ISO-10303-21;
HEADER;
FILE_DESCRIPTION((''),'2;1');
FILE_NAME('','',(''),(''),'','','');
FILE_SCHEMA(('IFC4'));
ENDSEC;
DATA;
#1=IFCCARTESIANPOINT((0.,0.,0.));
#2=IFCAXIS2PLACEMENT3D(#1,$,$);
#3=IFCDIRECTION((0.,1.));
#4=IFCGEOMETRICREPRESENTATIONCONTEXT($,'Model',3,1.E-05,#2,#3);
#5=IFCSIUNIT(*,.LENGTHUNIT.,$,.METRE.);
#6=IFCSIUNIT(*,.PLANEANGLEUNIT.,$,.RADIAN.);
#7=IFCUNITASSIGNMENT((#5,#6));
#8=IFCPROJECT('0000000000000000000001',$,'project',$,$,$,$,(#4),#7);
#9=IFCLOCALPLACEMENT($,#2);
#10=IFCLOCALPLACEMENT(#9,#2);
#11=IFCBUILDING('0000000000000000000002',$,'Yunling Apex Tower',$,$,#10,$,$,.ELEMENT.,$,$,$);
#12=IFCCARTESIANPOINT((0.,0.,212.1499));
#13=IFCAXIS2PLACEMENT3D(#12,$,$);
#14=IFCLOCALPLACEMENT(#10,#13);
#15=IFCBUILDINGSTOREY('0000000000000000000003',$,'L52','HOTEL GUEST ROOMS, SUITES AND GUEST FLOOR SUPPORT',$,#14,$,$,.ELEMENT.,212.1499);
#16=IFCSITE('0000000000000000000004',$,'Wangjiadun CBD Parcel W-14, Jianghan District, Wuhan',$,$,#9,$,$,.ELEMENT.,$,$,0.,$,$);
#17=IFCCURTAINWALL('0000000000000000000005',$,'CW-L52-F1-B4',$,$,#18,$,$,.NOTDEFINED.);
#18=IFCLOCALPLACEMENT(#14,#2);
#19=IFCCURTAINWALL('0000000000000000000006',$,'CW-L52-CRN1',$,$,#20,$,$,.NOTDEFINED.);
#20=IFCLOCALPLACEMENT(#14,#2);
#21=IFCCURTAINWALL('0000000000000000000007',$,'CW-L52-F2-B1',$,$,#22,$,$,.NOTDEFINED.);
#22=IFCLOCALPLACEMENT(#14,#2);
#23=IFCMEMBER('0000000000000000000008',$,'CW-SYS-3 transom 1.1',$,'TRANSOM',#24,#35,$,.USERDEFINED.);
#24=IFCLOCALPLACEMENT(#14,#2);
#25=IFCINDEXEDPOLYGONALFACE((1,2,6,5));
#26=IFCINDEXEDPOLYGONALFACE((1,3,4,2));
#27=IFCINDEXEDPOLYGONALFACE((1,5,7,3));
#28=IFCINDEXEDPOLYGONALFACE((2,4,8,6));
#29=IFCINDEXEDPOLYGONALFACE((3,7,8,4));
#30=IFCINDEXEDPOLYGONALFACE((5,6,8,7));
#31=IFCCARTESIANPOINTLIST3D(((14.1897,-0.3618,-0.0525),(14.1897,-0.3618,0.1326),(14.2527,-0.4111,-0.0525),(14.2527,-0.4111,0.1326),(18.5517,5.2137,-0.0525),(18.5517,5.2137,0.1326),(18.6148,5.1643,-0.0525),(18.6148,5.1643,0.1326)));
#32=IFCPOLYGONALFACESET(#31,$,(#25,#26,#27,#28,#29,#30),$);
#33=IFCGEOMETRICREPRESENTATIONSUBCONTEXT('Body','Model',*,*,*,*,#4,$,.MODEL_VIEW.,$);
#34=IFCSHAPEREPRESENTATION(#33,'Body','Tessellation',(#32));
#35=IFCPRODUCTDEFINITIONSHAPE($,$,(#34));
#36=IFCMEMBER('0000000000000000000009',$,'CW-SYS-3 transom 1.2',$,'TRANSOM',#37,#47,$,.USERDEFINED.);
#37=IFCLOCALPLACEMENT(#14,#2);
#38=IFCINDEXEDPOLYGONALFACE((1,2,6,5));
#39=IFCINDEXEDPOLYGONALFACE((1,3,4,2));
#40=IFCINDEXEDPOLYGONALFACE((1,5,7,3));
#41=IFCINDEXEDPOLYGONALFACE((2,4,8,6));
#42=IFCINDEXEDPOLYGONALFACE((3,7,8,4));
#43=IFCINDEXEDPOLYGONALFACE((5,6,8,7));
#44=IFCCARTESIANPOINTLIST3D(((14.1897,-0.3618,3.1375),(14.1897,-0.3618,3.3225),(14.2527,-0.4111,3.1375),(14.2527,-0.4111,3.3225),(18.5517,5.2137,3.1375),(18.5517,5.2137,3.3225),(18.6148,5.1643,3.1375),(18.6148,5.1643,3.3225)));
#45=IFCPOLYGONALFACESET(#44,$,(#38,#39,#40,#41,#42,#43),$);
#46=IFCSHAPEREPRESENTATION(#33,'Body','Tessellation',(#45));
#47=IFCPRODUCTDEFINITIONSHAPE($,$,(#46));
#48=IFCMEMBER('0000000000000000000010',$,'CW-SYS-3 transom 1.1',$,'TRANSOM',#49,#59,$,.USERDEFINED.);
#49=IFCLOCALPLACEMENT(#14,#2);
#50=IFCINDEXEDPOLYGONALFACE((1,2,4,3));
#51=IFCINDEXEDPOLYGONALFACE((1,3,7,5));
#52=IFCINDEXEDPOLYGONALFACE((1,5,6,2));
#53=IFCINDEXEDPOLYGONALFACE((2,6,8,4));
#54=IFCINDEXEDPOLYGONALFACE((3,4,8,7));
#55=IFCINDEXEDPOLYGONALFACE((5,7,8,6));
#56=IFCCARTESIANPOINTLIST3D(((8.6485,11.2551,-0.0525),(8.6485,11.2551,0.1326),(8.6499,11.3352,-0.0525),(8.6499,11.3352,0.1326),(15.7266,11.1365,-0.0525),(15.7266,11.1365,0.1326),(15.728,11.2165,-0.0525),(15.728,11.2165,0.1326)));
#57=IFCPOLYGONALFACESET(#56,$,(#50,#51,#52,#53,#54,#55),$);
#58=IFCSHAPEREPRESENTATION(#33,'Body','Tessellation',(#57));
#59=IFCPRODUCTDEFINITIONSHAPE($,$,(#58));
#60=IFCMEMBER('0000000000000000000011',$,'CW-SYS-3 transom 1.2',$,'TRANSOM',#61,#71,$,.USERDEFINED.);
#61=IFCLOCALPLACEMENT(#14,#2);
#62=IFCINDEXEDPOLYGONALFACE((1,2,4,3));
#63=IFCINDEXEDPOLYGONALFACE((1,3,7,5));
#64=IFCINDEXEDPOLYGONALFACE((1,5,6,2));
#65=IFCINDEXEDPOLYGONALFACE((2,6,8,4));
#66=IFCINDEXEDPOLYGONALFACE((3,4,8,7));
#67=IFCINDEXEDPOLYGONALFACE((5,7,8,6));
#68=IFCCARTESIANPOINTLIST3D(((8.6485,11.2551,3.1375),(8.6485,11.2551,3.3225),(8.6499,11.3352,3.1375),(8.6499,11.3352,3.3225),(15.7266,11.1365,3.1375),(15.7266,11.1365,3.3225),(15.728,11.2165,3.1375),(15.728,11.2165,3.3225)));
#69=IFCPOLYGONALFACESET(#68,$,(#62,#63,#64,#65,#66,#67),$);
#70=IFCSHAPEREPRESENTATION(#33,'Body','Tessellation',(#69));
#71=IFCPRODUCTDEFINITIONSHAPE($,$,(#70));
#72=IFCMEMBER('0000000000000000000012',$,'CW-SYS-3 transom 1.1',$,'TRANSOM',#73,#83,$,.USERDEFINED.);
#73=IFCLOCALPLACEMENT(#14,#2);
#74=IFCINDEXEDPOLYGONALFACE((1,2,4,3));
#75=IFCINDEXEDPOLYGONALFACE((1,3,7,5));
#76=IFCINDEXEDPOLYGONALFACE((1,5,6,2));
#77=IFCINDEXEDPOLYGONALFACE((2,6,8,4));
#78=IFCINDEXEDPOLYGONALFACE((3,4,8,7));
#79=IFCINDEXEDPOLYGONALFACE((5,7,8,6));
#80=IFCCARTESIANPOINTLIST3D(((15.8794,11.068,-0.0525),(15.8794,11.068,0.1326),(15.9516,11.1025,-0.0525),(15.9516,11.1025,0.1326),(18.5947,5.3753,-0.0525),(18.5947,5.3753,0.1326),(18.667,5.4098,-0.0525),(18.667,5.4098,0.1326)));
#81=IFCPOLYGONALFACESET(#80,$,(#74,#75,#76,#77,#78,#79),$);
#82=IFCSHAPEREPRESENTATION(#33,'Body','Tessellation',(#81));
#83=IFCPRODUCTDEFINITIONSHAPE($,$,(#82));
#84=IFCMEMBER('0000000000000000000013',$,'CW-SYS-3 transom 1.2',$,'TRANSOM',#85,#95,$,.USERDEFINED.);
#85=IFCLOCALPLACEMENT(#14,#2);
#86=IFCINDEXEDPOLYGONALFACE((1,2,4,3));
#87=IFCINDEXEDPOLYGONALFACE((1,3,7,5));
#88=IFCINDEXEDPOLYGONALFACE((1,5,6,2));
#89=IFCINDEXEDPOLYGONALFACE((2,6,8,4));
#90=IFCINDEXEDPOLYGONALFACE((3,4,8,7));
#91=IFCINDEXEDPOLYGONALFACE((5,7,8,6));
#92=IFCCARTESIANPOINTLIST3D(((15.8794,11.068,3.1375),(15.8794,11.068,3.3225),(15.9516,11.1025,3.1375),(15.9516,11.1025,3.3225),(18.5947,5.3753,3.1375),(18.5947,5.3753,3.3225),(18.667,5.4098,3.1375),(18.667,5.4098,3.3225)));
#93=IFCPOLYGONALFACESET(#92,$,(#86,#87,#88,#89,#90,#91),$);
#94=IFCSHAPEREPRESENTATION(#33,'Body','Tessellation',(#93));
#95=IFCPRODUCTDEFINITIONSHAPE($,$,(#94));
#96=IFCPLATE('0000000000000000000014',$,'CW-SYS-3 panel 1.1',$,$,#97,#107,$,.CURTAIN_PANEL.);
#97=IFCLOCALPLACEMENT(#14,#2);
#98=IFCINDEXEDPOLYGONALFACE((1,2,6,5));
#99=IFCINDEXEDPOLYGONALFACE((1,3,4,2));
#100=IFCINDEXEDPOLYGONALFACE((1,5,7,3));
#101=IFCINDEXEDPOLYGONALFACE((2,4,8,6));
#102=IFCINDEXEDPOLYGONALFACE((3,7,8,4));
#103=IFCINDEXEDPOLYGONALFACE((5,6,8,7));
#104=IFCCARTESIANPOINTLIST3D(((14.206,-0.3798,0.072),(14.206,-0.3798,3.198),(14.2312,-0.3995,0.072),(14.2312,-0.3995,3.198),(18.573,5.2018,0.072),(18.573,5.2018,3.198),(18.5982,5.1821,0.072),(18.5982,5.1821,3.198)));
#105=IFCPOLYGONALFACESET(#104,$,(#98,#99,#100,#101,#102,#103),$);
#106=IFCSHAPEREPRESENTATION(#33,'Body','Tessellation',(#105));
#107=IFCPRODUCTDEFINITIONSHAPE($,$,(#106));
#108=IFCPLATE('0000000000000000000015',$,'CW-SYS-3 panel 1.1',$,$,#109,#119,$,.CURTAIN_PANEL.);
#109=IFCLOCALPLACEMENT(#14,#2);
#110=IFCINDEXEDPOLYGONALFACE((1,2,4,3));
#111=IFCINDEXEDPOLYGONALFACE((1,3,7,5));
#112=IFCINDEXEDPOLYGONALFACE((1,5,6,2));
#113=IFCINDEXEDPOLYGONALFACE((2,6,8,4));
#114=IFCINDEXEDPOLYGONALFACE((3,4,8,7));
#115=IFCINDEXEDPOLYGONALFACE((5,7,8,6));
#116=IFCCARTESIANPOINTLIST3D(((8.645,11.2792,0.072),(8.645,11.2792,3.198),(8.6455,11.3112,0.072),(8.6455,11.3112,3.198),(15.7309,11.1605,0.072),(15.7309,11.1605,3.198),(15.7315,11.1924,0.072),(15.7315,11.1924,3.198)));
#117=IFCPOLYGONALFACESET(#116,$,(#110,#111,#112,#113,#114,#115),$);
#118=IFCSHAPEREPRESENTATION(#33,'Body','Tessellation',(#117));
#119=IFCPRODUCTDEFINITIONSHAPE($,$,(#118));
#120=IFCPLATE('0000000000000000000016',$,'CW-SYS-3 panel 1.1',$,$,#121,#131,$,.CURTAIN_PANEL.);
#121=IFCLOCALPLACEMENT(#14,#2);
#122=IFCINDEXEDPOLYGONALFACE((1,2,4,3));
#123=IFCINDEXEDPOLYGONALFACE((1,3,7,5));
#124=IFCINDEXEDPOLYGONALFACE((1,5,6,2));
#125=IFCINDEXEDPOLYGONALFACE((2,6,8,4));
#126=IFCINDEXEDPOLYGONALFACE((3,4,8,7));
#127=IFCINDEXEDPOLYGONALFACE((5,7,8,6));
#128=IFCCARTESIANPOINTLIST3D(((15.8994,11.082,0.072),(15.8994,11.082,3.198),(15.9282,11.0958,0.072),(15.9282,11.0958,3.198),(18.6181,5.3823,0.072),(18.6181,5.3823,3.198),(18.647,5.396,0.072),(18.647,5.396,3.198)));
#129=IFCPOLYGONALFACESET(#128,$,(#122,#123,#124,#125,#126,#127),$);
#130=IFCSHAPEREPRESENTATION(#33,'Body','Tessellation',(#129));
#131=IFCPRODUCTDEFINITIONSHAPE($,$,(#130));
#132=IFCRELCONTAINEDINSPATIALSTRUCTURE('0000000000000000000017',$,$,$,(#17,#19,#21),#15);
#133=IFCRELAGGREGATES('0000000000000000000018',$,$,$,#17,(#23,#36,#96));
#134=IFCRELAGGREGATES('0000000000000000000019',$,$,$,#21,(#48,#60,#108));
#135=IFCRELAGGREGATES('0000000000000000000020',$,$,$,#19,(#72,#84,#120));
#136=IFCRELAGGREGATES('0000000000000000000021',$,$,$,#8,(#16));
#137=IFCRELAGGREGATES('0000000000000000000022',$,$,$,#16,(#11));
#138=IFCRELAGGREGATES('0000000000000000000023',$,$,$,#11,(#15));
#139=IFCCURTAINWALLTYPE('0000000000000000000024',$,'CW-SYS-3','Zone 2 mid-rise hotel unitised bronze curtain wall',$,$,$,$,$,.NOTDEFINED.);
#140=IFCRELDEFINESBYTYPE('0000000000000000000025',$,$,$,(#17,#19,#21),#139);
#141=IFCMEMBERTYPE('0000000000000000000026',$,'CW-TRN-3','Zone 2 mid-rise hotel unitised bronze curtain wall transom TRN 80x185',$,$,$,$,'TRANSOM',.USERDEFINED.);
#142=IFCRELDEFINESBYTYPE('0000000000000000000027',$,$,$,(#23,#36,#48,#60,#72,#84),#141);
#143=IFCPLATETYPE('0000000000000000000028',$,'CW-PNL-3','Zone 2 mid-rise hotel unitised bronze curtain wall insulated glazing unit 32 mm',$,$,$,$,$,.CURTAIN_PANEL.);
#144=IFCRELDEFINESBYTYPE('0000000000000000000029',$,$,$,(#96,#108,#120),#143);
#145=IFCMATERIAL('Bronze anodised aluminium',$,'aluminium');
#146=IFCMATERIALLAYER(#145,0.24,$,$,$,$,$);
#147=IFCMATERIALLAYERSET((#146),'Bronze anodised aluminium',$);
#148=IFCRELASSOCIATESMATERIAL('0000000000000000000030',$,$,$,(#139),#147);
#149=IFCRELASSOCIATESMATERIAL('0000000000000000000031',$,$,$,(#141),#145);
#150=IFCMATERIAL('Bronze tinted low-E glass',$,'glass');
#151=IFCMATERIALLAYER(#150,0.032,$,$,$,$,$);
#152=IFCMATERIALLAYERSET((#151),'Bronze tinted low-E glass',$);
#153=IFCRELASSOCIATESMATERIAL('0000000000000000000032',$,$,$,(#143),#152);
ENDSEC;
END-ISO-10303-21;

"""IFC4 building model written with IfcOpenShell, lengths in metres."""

from ifc_helpers import new_model, si_unit, direction, frame, origin, origin_2d, place, context, subcontext, project, spatial, rectangle, extrude, source, transform, mapped, material, layer, layer_set, material_profile, profile_set, type_object, element, aggregate, save


model = new_model("IFC4")

# Units and contexts
model_context = context("Model", 3, precision=1e-05, world=origin(), true_north=direction((0.0, 1.0)))
body_context = subcontext(model_context, "Body", "Model", "MODEL_VIEW")
ifc_project = project(units=[si_unit("LENGTHUNIT", "METRE"), si_unit("PLANEANGLEUNIT", "RADIAN")], contexts=[model_context])

# Site, building, storey
site_placement = place(None, origin())
site = spatial("IfcSite", under=ifc_project, at=site_placement, Name="Wangjiadun CBD Parcel W-14, Jianghan District, Wuhan", CompositionType="ELEMENT", RefElevation=0.0)
building_placement = place(site_placement, origin())
building = spatial("IfcBuilding", under=site, at=building_placement, Name="Yunling Apex Tower", CompositionType="ELEMENT")
storey_placement = place(building_placement, frame((0.0, 0.0, 212.1499)))
storey = spatial("IfcBuildingStorey", under=building, at=storey_placement, Name="L52", Description="HOTEL GUEST ROOMS, SUITES AND GUEST FLOOR SUPPORT", CompositionType="ELEMENT", Elevation=212.1499)

# Curtain walls
ifc_material_1 = material(Name="Bronze anodised aluminium", Category="aluminium")
ifc_layer_1 = layer(ifc_material_1, 0.24)
ifc_layer_set_1 = layer_set([ifc_layer_1], Name="Bronze anodised aluminium")
curtain_wall_type = type_object("IfcCurtainWallType", Name="CW-SYS-3", Description="Zone 2 mid-rise hotel unitised bronze curtain wall", PredefinedType="NOTDEFINED", material=ifc_layer_set_1)
curtain_wall_1_placement = place(storey_placement, origin())
curtain_wall_1 = element("IfcCurtainWall", 1, at=curtain_wall_1_placement, inside=storey, type_object=curtain_wall_type, Name="CW-L52-F1-B4", PredefinedType="NOTDEFINED")
curtain_wall_2_placement = place(storey_placement, origin())
curtain_wall_2 = element("IfcCurtainWall", 2, at=curtain_wall_2_placement, inside=storey, type_object=curtain_wall_type, Name="CW-L52-CRN1", PredefinedType="NOTDEFINED")
curtain_wall_3_placement = place(storey_placement, origin())
curtain_wall_3 = element("IfcCurtainWall", 3, at=curtain_wall_3_placement, inside=storey, type_object=curtain_wall_type, Name="CW-L52-F2-B1", PredefinedType="NOTDEFINED")
ifc_material_profile_1 = material_profile(ifc_material_1, rectangle(XDim=0.0801, YDim=0.1851, at=origin_2d()))
ifc_profile_set_1 = profile_set([ifc_material_profile_1], Name="Bronze anodised aluminium")
member_type_1 = type_object("IfcMemberType", Name="CW-TRN-3", Description="Zone 2 mid-rise hotel unitised bronze curtain wall transom TRN 80x185", ElementType="TRANSOM", PredefinedType="USERDEFINED", material=ifc_profile_set_1)

# Members
shared_shape_1 = source(origin(), body_context, "Body", "SweptSolid", [
    extrude(rectangle(XDim=0.0801, YDim=0.1851, at=origin_2d()), origin(), (0.0, 0.0, 1.0), 7.0791),
])
member_1_placement = place(storey_placement, frame((14.2212, -0.3865, 0.04), z_axis=(0.616192, 0.787596, 0.0), x_axis=(-0.787596, 0.616192, 0.0)))
member_1 = element("IfcMember", 4, at=member_1_placement, type_object=member_type_1, Name="CW-SYS-3 transom 1.1", ObjectType="TRANSOM", PredefinedType="USERDEFINED", context=body_context, shape_type="MappedRepresentation", body=[
    mapped(shared_shape_1, transform((0.0, 0.0, 0.0), scale=1.0)),
])
member_2_placement = place(storey_placement, frame((14.2212, -0.3865, 3.23), z_axis=(0.616192, 0.787596, 0.0), x_axis=(-0.787596, 0.616192, 0.0)))
member_2 = element("IfcMember", 5, at=member_2_placement, type_object=member_type_1, Name="CW-SYS-3 transom 1.2", ObjectType="TRANSOM", PredefinedType="USERDEFINED", context=body_context, shape_type="MappedRepresentation", body=[
    mapped(shared_shape_1, transform((0.0, 0.0, 0.0), scale=1.0)),
])
member_3_placement = place(storey_placement, frame((15.7273, 11.1765, 0.04), z_axis=(-0.99986, 0.016761, 0.0), x_axis=(-0.016761, -0.99986, 0.0)))
member_3 = element("IfcMember", 6, at=member_3_placement, type_object=member_type_1, Name="CW-SYS-3 transom 1.1", ObjectType="TRANSOM", PredefinedType="USERDEFINED", context=body_context, shape_type="MappedRepresentation", body=[
    mapped(shared_shape_1, transform((0.0, 0.0, 0.0), scale=1.0)),
])
member_4_placement = place(storey_placement, frame((15.7273, 11.1765, 3.23), z_axis=(-0.99986, 0.016761, 0.0), x_axis=(-0.016761, -0.99986, 0.0)))
member_4 = element("IfcMember", 7, at=member_4_placement, type_object=member_type_1, Name="CW-SYS-3 transom 1.2", ObjectType="TRANSOM", PredefinedType="USERDEFINED", context=body_context, shape_type="MappedRepresentation", body=[
    mapped(shared_shape_1, transform((0.0, 0.0, 0.0), scale=1.0)),
])
shared_shape_2 = source(origin(), body_context, "Body", "SweptSolid", [
    extrude(rectangle(XDim=0.0801, YDim=0.1851, at=origin_2d()), origin(), (0.0, 0.0, 1.0), 6.3071),
])
member_5_placement = place(storey_placement, frame((18.6309, 5.3926, 0.04), z_axis=(-0.430522, 0.90258, 0.0), x_axis=(-0.90258, -0.430522, 0.0)))
member_5 = element("IfcMember", 8, at=member_5_placement, type_object=member_type_1, Name="CW-SYS-3 transom 1.1", ObjectType="TRANSOM", PredefinedType="USERDEFINED", context=body_context, shape_type="MappedRepresentation", body=[
    mapped(shared_shape_2, transform((0.0, 0.0, 0.0), scale=1.0)),
])
member_6_placement = place(storey_placement, frame((18.6309, 5.3926, 3.23), z_axis=(-0.430522, 0.90258, 0.0), x_axis=(-0.90258, -0.430522, 0.0)))
member_6 = element("IfcMember", 9, at=member_6_placement, type_object=member_type_1, Name="CW-SYS-3 transom 1.2", ObjectType="TRANSOM", PredefinedType="USERDEFINED", context=body_context, shape_type="MappedRepresentation", body=[
    mapped(shared_shape_2, transform((0.0, 0.0, 0.0), scale=1.0)),
])

# Plates
ifc_material_2 = material(Name="Bronze tinted low-E glass", Category="glass")
ifc_layer_2 = layer(ifc_material_2, 0.032)
ifc_layer_set_2 = layer_set([ifc_layer_2], Name="Bronze tinted low-E glass")
plate_type = type_object("IfcPlateType", Name="CW-PNL-3", Description="Zone 2 mid-rise hotel unitised bronze curtain wall insulated glazing unit 32 mm", PredefinedType="CURTAIN_PANEL", material=ifc_layer_set_2)
shared_shape_3 = source(origin(), body_context, "Body", "SweptSolid", [
    extrude(rectangle(XDim=7.0869, YDim=0.032, at=origin_2d()), origin(), (0.0, 0.0, 1.0), 3.126),
])
plate_1_placement = place(storey_placement, frame((16.4021, 2.4011, 0.072), z_axis=(0.0, 0.0, 1.0), x_axis=(0.6162, 0.787589, 0.0)))
plate_1 = element("IfcPlate", 10, at=plate_1_placement, type_object=plate_type, Name="CW-SYS-3 panel 1.1", PredefinedType="CURTAIN_PANEL", context=body_context, shape_type="MappedRepresentation", body=[
    mapped(shared_shape_3, transform((0.0, 0.0, 0.0), scale=1.0)),
])
aggregate(curtain_wall_1, [member_1, member_2, plate_1])
plate_2_placement = place(storey_placement, frame((12.1882, 11.2358, 0.072), z_axis=(0.0, 0.0, 1.0), x_axis=(-0.99986, 0.016761, 0.0)))
plate_2 = element("IfcPlate", 11, at=plate_2_placement, type_object=plate_type, Name="CW-SYS-3 panel 1.1", PredefinedType="CURTAIN_PANEL", context=body_context, shape_type="MappedRepresentation", body=[
    mapped(shared_shape_3, transform((0.0, 0.0, 0.0), scale=1.0)),
])
aggregate(curtain_wall_3, [member_3, member_4, plate_2])
shared_shape_4 = source(origin(), body_context, "Body", "SweptSolid", [
    extrude(rectangle(XDim=6.3149, YDim=0.032, at=origin_2d()), origin(), (0.0, 0.0, 1.0), 3.126),
])
plate_3_placement = place(storey_placement, frame((17.2732, 8.239, 0.072), z_axis=(0.0, 0.0, 1.0), x_axis=(-0.430527, 0.902578, 0.0)))
plate_3 = element("IfcPlate", 12, at=plate_3_placement, type_object=plate_type, Name="CW-SYS-3 panel 1.1", PredefinedType="CURTAIN_PANEL", context=body_context, shape_type="MappedRepresentation", body=[
    mapped(shared_shape_4, transform((0.0, 0.0, 0.0), scale=1.0)),
])
aggregate(curtain_wall_2, [member_5, member_6, plate_3])

save(model, "model.ifc")
